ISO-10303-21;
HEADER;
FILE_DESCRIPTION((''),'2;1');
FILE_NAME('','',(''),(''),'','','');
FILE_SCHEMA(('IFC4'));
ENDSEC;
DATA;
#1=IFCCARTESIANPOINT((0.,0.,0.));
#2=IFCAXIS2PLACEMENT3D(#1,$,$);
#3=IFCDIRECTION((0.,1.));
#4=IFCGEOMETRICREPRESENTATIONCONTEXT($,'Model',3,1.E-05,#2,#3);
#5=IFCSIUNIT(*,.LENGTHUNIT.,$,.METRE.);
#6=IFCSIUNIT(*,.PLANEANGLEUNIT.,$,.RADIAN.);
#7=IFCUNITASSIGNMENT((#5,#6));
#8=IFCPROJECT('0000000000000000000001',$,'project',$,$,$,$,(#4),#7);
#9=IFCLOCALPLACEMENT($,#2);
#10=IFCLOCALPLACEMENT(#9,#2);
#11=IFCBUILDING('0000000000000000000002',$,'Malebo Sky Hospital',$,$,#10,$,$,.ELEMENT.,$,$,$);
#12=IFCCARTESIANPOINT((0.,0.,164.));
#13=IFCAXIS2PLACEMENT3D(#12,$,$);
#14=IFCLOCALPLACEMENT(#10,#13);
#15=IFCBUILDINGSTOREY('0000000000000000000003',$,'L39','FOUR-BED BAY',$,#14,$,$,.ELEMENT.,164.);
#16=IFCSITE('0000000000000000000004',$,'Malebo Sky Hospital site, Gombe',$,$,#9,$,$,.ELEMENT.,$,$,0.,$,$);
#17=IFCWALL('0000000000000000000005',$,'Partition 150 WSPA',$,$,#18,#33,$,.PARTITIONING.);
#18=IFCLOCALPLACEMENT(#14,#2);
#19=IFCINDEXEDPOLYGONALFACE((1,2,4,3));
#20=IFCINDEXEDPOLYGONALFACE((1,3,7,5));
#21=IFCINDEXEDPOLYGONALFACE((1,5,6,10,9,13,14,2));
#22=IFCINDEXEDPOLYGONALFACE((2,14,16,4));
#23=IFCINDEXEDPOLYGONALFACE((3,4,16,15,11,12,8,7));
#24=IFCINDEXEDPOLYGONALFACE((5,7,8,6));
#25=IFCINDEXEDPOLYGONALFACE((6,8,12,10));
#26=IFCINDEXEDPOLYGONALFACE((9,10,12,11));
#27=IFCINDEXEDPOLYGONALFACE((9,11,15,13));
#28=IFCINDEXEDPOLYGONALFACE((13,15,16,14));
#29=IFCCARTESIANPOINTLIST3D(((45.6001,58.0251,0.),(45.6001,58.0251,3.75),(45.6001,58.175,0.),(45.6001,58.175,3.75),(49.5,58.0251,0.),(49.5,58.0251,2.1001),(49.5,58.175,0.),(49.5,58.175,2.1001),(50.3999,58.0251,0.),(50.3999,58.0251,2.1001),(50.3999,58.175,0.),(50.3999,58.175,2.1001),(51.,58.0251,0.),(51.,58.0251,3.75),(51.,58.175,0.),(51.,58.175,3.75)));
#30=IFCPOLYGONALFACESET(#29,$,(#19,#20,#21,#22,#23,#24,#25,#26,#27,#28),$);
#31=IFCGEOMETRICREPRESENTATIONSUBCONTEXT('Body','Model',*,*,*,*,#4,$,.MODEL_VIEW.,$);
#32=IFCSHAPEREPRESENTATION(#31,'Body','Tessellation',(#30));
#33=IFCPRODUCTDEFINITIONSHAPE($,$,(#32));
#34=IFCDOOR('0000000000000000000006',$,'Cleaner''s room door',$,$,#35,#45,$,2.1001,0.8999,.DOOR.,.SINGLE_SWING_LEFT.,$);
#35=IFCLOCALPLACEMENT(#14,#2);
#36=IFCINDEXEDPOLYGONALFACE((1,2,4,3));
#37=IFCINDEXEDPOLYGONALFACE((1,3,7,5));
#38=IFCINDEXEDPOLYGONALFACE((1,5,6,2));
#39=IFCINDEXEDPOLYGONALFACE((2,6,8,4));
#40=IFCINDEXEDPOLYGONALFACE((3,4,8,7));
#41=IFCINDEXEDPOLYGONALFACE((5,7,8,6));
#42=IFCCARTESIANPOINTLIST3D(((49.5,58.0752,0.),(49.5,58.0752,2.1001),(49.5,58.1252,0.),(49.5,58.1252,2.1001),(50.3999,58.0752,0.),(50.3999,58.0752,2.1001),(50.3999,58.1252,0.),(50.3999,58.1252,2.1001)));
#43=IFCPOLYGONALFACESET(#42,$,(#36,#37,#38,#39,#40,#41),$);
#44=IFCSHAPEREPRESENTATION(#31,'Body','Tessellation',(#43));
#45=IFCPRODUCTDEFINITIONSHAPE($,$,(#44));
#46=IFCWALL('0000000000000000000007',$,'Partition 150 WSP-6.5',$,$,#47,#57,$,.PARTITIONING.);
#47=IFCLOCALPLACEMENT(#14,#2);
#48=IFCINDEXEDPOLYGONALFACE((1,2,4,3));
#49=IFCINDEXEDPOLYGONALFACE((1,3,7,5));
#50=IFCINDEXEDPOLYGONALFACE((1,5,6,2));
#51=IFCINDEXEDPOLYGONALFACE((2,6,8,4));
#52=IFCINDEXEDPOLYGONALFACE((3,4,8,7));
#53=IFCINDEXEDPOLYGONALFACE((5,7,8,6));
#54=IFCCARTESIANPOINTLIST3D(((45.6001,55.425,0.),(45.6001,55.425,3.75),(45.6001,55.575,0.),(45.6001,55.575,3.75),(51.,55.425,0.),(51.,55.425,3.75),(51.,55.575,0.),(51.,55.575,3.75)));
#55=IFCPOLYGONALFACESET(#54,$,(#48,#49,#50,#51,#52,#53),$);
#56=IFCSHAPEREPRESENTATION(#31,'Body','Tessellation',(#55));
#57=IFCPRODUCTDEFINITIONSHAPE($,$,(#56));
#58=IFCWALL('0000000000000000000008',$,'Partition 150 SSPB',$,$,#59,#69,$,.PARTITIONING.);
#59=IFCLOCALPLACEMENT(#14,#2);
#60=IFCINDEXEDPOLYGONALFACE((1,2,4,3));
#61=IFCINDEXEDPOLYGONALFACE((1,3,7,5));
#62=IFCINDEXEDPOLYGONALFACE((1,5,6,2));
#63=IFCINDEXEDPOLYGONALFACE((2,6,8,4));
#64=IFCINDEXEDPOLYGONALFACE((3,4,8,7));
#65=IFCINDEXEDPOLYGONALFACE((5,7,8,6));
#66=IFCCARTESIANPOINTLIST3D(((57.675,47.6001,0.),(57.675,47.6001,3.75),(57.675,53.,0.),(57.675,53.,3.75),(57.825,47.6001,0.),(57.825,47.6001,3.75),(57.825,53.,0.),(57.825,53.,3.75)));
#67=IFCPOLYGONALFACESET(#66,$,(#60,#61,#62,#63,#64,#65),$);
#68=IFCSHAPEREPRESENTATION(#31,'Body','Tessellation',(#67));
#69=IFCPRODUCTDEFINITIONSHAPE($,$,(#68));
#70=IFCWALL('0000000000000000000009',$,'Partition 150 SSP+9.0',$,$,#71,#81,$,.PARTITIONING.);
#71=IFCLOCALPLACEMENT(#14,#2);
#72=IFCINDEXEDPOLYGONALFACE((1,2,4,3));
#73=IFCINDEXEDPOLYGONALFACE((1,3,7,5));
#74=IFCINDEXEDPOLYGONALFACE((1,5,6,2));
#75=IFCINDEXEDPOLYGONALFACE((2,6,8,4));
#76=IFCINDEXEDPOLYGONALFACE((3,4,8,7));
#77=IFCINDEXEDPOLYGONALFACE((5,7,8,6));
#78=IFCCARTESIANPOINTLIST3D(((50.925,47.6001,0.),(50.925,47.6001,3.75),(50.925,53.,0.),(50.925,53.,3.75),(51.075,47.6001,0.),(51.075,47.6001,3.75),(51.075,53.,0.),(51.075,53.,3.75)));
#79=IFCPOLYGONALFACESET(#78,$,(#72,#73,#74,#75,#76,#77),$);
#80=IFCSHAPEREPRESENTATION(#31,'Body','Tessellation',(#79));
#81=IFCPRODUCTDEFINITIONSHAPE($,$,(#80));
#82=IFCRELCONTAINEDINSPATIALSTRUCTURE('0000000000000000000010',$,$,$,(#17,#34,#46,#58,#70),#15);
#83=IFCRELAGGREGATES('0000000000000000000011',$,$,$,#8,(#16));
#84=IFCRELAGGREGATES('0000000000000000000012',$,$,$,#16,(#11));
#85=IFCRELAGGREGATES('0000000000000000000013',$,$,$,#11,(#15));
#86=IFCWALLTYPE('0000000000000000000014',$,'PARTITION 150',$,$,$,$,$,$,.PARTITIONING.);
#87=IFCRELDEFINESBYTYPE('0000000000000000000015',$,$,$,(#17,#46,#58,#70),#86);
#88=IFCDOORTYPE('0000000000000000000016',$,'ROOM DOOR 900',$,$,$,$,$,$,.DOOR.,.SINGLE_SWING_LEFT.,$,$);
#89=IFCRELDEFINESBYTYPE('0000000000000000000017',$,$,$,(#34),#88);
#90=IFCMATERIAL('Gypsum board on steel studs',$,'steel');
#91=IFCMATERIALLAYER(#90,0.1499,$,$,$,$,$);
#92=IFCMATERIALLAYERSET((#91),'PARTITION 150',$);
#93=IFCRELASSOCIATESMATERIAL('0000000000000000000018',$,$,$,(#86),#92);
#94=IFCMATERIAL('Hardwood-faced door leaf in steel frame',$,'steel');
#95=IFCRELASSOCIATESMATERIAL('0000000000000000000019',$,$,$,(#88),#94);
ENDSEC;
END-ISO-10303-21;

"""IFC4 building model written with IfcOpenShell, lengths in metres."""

from ifc_helpers import new_model, si_unit, direction, frame, frame_2d, origin, place, context, subcontext, project, spatial, rectangle, extrude, material, layer, layer_set, type_object, element, fill, save


model = new_model("IFC4")

# Units and contexts
model_context = context("Model", 3, precision=1e-05, world=origin(), true_north=direction((0.0, 1.0)))
body_context = subcontext(model_context, "Body", "Model", "MODEL_VIEW")
ifc_project = project(units=[si_unit("LENGTHUNIT", "METRE"), si_unit("PLANEANGLEUNIT", "RADIAN")], contexts=[model_context])

# Site, building, storey
site_placement = place(None, origin())
site = spatial("IfcSite", under=ifc_project, at=site_placement, Name="Malebo Sky Hospital site, Gombe", CompositionType="ELEMENT", RefElevation=0.0)
building_placement = place(site_placement, origin())
building = spatial("IfcBuilding", under=site, at=building_placement, Name="Malebo Sky Hospital", CompositionType="ELEMENT")
storey_placement = place(building_placement, frame((0.0, 0.0, 164.0)))
storey = spatial("IfcBuildingStorey", under=building, at=storey_placement, Name="L39", Description="FOUR-BED BAY", CompositionType="ELEMENT", Elevation=164.0)

# Shared definitions
ifc_material_1 = material(Name="Hardwood-faced door leaf in steel frame", Category="steel")

# Shared definitions
ifc_material_2 = material(Name="Gypsum board on steel studs", Category="steel")

# Shared definitions
ifc_layer_1 = layer(ifc_material_2, 0.1499)
ifc_layer_set_1 = layer_set([ifc_layer_1], Name="PARTITION 150")
wall_type_1 = type_object("IfcWallType", Name="PARTITION 150", PredefinedType="PARTITIONING", material=ifc_layer_set_1)

# Wall, opening, door
wall_1_placement = place(storey_placement, frame((51.0, 58.1001, 0.0), z_axis=(0.0, 0.0, 1.0), x_axis=(-1.0, 0.0, 0.0)))
wall_1 = element("IfcWall", 1, at=wall_1_placement, inside=storey, type_object=wall_type_1, Name="Partition 150 WSPA", PredefinedType="PARTITIONING", context=body_context, shape_type="SweptSolid", body=[
    extrude(rectangle(XDim=5.3999, YDim=0.1499, at=frame_2d((2.7, 0.0))), origin(), (0.0, 0.0, 1.0), 3.75),
])
opening_1_placement = place(wall_1_placement, frame((0.6001, 0.0, 0.0)))
opening_1 = element("IfcOpeningElement", 2, at=opening_1_placement, cuts=wall_1, PredefinedType="OPENING", context=body_context, shape_type="SweptSolid", body=[
    extrude(rectangle(XDim=0.8999, YDim=2.1001, at=frame_2d((0.45, 1.05))), frame((0.0, 0.085, 0.0), z_axis=(0.0, -1.0, 0.0), x_axis=(1.0, 0.0, 0.0)), (0.0, 0.0, 1.0), 0.1699),
])
door_type_1 = type_object("IfcDoorType", Name="ROOM DOOR 900", OperationType="SINGLE_SWING_LEFT", PredefinedType="DOOR", material=ifc_material_1)
door_1_placement = place(opening_1_placement, origin())
door_1 = element("IfcDoor", 3, at=door_1_placement, inside=storey, type_object=door_type_1, Name="Cleaner's room door", OperationType="SINGLE_SWING_LEFT", OverallHeight=2.1001, OverallWidth=0.8999, PredefinedType="DOOR", context=body_context, shape_type="SweptSolid", body=[
    extrude(rectangle(XDim=0.8999, YDim=2.1001, at=frame_2d((0.45, 1.05))), frame((0.0, 0.0249, 0.0), z_axis=(0.0, -1.0, 0.0), x_axis=(1.0, 0.0, 0.0)), (0.0, 0.0, 1.0), 0.05),
])
fill(opening_1, door_1)

# Walls
for number, where, z_axis, x_axis, name in (
    (4, (51.0, 55.5, 0.0), (0.0, 0.0, 1.0), (-1.0, 0.0, 0.0), "Partition 150 WSP-6.5"),
    (5, (57.75, 53.0, 0.0), (0.0, 0.0, 1.0), (0.0, -1.0, 0.0), "Partition 150 SSPB"),
    (6, (51.0, 53.0, 0.0), (0.0, 0.0, 1.0), (0.0, -1.0, 0.0), "Partition 150 SSP+9.0"),
):
    element("IfcWall", number, at=place(storey_placement, frame(where, z_axis=z_axis, x_axis=x_axis)), inside=storey, type_object=wall_type_1, Name=name, PredefinedType="PARTITIONING", context=body_context, shape_type="SweptSolid", body=[
        extrude(rectangle(XDim=5.3999, YDim=0.1499, at=frame_2d((2.7, 0.0))), origin(), (0.0, 0.0, 1.0), 3.75),
    ])

save(model, "model.ifc")
